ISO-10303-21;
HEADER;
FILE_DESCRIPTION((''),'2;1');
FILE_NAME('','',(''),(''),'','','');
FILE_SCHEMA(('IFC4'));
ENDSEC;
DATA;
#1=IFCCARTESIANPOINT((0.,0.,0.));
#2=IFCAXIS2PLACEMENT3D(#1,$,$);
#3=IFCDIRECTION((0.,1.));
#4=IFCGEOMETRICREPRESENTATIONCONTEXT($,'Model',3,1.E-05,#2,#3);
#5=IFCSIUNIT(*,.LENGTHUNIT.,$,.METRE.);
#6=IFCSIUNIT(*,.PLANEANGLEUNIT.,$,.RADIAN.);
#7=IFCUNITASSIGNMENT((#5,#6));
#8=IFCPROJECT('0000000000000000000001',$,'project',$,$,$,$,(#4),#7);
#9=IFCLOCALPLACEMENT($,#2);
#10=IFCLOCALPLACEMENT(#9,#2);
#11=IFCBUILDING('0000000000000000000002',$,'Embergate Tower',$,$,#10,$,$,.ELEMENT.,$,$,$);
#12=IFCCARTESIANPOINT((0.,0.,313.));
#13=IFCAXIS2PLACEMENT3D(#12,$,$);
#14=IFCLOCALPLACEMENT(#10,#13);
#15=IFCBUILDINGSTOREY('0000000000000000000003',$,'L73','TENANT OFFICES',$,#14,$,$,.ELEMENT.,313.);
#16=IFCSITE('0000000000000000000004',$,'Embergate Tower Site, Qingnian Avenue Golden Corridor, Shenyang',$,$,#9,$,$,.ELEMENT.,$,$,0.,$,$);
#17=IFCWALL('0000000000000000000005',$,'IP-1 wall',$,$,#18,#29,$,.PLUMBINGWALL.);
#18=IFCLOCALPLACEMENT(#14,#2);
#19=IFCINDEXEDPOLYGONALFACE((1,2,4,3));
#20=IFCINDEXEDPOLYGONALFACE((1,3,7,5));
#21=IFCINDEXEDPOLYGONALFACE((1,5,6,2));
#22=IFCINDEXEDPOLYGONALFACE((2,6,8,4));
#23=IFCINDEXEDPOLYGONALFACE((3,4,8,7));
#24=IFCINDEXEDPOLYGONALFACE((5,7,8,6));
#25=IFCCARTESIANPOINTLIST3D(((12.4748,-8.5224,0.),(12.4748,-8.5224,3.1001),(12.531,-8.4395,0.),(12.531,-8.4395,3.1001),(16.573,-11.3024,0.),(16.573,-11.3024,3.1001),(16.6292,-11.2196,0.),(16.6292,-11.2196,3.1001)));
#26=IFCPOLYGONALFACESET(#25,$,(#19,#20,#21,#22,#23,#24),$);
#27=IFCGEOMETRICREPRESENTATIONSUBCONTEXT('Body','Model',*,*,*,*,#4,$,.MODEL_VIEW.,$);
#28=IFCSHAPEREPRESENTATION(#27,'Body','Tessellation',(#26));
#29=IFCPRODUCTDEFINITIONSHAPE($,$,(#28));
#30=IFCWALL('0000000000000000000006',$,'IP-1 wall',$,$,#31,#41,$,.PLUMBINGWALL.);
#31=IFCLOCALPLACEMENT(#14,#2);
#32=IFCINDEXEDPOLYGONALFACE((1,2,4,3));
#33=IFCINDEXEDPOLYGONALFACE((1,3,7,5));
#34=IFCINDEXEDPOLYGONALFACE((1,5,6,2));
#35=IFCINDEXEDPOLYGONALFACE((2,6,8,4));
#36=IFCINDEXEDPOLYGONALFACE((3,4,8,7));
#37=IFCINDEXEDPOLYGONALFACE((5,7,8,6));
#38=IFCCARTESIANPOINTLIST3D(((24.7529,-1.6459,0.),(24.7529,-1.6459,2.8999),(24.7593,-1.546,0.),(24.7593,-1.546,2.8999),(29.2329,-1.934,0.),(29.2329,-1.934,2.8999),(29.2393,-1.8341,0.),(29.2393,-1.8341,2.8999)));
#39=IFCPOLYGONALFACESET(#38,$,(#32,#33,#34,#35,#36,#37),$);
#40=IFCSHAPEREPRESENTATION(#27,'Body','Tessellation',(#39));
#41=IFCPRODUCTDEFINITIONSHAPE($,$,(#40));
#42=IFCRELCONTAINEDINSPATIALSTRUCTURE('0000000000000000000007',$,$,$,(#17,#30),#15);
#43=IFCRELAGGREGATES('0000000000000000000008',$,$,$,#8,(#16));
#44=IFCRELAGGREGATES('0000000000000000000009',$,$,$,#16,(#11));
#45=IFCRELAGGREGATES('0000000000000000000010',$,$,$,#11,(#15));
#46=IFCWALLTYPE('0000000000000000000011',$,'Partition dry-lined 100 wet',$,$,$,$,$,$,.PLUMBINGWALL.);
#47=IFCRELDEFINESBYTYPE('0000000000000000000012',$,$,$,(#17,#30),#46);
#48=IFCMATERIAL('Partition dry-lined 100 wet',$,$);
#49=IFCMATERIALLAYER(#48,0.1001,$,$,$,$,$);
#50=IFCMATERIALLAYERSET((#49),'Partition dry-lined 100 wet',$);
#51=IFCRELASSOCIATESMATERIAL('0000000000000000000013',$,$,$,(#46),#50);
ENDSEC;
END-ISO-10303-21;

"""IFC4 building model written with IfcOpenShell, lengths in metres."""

from ifc_helpers import new_model, si_unit, direction, frame, frame_2d, origin, place, context, subcontext, project, spatial, rectangle, extrude, source, transform, mapped, material, layer, layer_set, type_object, element, save


model = new_model("IFC4")

# Units and contexts
model_context = context("Model", 3, precision=1e-05, world=origin(), true_north=direction((0.0, 1.0)))
body_context = subcontext(model_context, "Body", "Model", "MODEL_VIEW")
ifc_project = project(units=[si_unit("LENGTHUNIT", "METRE"), si_unit("PLANEANGLEUNIT", "RADIAN")], contexts=[model_context])

# Site, building, storey
site_placement = place(None, origin())
site = spatial("IfcSite", under=ifc_project, at=site_placement, Name="Embergate Tower Site, Qingnian Avenue Golden Corridor, Shenyang", CompositionType="ELEMENT", RefElevation=0.0)
building_placement = place(site_placement, origin())
building = spatial("IfcBuilding", under=site, at=building_placement, Name="Embergate Tower", CompositionType="ELEMENT")
storey_placement = place(building_placement, frame((0.0, 0.0, 313.0)))
storey = spatial("IfcBuildingStorey", under=building, at=storey_placement, Name="L73", Description="TENANT OFFICES", CompositionType="ELEMENT", Elevation=313.0)

# Walls
ifc_material_1 = material(Name="Partition dry-lined 100 wet")
ifc_layer_1 = layer(ifc_material_1, 0.1001)
ifc_layer_set_1 = layer_set([ifc_layer_1], Name="Partition dry-lined 100 wet")
wall_type_1 = type_object("IfcWallType", Name="Partition dry-lined 100 wet", PredefinedType="PLUMBINGWALL", material=ifc_layer_set_1)
shared_shape_1 = source(origin(), body_context, "Body", "SweptSolid", [
    extrude(rectangle(XDim=4.9521, YDim=0.1001, at=frame_2d((2.4761, 0.0))), origin(), (0.0, 0.0, 1.0), 3.1001),
])
wall_1_placement = place(storey_placement, frame((16.6011, -11.261, 0.0), z_axis=(0.0, 0.0, 1.0), x_axis=(-0.827556, 0.561383, 0.0)))
element("IfcWall", 1, at=wall_1_placement, inside=storey, type_object=wall_type_1, Name="IP-1 wall", PredefinedType="PLUMBINGWALL", context=body_context, shape_type="MappedRepresentation", body=[
    mapped(shared_shape_1, transform((0.0, 0.0, 0.0))),
])
shared_shape_2 = source(origin(), body_context, "Body", "SweptSolid", [
    extrude(rectangle(XDim=4.4893, YDim=0.1001, at=frame_2d((2.2446, 0.0))), origin(), (0.0, 0.0, 1.0), 2.8999),
])
wall_2_placement = place(storey_placement, frame((29.2361, -1.884, 0.0), z_axis=(0.0, 0.0, 1.0), x_axis=(-0.997939, 0.064173, 0.0)))
element("IfcWall", 2, at=wall_2_placement, inside=storey, type_object=wall_type_1, Name="IP-1 wall", PredefinedType="PLUMBINGWALL", context=body_context, shape_type="MappedRepresentation", body=[
    mapped(shared_shape_2, transform((0.0, 0.0, 0.0))),
])

save(model, "model.ifc")
